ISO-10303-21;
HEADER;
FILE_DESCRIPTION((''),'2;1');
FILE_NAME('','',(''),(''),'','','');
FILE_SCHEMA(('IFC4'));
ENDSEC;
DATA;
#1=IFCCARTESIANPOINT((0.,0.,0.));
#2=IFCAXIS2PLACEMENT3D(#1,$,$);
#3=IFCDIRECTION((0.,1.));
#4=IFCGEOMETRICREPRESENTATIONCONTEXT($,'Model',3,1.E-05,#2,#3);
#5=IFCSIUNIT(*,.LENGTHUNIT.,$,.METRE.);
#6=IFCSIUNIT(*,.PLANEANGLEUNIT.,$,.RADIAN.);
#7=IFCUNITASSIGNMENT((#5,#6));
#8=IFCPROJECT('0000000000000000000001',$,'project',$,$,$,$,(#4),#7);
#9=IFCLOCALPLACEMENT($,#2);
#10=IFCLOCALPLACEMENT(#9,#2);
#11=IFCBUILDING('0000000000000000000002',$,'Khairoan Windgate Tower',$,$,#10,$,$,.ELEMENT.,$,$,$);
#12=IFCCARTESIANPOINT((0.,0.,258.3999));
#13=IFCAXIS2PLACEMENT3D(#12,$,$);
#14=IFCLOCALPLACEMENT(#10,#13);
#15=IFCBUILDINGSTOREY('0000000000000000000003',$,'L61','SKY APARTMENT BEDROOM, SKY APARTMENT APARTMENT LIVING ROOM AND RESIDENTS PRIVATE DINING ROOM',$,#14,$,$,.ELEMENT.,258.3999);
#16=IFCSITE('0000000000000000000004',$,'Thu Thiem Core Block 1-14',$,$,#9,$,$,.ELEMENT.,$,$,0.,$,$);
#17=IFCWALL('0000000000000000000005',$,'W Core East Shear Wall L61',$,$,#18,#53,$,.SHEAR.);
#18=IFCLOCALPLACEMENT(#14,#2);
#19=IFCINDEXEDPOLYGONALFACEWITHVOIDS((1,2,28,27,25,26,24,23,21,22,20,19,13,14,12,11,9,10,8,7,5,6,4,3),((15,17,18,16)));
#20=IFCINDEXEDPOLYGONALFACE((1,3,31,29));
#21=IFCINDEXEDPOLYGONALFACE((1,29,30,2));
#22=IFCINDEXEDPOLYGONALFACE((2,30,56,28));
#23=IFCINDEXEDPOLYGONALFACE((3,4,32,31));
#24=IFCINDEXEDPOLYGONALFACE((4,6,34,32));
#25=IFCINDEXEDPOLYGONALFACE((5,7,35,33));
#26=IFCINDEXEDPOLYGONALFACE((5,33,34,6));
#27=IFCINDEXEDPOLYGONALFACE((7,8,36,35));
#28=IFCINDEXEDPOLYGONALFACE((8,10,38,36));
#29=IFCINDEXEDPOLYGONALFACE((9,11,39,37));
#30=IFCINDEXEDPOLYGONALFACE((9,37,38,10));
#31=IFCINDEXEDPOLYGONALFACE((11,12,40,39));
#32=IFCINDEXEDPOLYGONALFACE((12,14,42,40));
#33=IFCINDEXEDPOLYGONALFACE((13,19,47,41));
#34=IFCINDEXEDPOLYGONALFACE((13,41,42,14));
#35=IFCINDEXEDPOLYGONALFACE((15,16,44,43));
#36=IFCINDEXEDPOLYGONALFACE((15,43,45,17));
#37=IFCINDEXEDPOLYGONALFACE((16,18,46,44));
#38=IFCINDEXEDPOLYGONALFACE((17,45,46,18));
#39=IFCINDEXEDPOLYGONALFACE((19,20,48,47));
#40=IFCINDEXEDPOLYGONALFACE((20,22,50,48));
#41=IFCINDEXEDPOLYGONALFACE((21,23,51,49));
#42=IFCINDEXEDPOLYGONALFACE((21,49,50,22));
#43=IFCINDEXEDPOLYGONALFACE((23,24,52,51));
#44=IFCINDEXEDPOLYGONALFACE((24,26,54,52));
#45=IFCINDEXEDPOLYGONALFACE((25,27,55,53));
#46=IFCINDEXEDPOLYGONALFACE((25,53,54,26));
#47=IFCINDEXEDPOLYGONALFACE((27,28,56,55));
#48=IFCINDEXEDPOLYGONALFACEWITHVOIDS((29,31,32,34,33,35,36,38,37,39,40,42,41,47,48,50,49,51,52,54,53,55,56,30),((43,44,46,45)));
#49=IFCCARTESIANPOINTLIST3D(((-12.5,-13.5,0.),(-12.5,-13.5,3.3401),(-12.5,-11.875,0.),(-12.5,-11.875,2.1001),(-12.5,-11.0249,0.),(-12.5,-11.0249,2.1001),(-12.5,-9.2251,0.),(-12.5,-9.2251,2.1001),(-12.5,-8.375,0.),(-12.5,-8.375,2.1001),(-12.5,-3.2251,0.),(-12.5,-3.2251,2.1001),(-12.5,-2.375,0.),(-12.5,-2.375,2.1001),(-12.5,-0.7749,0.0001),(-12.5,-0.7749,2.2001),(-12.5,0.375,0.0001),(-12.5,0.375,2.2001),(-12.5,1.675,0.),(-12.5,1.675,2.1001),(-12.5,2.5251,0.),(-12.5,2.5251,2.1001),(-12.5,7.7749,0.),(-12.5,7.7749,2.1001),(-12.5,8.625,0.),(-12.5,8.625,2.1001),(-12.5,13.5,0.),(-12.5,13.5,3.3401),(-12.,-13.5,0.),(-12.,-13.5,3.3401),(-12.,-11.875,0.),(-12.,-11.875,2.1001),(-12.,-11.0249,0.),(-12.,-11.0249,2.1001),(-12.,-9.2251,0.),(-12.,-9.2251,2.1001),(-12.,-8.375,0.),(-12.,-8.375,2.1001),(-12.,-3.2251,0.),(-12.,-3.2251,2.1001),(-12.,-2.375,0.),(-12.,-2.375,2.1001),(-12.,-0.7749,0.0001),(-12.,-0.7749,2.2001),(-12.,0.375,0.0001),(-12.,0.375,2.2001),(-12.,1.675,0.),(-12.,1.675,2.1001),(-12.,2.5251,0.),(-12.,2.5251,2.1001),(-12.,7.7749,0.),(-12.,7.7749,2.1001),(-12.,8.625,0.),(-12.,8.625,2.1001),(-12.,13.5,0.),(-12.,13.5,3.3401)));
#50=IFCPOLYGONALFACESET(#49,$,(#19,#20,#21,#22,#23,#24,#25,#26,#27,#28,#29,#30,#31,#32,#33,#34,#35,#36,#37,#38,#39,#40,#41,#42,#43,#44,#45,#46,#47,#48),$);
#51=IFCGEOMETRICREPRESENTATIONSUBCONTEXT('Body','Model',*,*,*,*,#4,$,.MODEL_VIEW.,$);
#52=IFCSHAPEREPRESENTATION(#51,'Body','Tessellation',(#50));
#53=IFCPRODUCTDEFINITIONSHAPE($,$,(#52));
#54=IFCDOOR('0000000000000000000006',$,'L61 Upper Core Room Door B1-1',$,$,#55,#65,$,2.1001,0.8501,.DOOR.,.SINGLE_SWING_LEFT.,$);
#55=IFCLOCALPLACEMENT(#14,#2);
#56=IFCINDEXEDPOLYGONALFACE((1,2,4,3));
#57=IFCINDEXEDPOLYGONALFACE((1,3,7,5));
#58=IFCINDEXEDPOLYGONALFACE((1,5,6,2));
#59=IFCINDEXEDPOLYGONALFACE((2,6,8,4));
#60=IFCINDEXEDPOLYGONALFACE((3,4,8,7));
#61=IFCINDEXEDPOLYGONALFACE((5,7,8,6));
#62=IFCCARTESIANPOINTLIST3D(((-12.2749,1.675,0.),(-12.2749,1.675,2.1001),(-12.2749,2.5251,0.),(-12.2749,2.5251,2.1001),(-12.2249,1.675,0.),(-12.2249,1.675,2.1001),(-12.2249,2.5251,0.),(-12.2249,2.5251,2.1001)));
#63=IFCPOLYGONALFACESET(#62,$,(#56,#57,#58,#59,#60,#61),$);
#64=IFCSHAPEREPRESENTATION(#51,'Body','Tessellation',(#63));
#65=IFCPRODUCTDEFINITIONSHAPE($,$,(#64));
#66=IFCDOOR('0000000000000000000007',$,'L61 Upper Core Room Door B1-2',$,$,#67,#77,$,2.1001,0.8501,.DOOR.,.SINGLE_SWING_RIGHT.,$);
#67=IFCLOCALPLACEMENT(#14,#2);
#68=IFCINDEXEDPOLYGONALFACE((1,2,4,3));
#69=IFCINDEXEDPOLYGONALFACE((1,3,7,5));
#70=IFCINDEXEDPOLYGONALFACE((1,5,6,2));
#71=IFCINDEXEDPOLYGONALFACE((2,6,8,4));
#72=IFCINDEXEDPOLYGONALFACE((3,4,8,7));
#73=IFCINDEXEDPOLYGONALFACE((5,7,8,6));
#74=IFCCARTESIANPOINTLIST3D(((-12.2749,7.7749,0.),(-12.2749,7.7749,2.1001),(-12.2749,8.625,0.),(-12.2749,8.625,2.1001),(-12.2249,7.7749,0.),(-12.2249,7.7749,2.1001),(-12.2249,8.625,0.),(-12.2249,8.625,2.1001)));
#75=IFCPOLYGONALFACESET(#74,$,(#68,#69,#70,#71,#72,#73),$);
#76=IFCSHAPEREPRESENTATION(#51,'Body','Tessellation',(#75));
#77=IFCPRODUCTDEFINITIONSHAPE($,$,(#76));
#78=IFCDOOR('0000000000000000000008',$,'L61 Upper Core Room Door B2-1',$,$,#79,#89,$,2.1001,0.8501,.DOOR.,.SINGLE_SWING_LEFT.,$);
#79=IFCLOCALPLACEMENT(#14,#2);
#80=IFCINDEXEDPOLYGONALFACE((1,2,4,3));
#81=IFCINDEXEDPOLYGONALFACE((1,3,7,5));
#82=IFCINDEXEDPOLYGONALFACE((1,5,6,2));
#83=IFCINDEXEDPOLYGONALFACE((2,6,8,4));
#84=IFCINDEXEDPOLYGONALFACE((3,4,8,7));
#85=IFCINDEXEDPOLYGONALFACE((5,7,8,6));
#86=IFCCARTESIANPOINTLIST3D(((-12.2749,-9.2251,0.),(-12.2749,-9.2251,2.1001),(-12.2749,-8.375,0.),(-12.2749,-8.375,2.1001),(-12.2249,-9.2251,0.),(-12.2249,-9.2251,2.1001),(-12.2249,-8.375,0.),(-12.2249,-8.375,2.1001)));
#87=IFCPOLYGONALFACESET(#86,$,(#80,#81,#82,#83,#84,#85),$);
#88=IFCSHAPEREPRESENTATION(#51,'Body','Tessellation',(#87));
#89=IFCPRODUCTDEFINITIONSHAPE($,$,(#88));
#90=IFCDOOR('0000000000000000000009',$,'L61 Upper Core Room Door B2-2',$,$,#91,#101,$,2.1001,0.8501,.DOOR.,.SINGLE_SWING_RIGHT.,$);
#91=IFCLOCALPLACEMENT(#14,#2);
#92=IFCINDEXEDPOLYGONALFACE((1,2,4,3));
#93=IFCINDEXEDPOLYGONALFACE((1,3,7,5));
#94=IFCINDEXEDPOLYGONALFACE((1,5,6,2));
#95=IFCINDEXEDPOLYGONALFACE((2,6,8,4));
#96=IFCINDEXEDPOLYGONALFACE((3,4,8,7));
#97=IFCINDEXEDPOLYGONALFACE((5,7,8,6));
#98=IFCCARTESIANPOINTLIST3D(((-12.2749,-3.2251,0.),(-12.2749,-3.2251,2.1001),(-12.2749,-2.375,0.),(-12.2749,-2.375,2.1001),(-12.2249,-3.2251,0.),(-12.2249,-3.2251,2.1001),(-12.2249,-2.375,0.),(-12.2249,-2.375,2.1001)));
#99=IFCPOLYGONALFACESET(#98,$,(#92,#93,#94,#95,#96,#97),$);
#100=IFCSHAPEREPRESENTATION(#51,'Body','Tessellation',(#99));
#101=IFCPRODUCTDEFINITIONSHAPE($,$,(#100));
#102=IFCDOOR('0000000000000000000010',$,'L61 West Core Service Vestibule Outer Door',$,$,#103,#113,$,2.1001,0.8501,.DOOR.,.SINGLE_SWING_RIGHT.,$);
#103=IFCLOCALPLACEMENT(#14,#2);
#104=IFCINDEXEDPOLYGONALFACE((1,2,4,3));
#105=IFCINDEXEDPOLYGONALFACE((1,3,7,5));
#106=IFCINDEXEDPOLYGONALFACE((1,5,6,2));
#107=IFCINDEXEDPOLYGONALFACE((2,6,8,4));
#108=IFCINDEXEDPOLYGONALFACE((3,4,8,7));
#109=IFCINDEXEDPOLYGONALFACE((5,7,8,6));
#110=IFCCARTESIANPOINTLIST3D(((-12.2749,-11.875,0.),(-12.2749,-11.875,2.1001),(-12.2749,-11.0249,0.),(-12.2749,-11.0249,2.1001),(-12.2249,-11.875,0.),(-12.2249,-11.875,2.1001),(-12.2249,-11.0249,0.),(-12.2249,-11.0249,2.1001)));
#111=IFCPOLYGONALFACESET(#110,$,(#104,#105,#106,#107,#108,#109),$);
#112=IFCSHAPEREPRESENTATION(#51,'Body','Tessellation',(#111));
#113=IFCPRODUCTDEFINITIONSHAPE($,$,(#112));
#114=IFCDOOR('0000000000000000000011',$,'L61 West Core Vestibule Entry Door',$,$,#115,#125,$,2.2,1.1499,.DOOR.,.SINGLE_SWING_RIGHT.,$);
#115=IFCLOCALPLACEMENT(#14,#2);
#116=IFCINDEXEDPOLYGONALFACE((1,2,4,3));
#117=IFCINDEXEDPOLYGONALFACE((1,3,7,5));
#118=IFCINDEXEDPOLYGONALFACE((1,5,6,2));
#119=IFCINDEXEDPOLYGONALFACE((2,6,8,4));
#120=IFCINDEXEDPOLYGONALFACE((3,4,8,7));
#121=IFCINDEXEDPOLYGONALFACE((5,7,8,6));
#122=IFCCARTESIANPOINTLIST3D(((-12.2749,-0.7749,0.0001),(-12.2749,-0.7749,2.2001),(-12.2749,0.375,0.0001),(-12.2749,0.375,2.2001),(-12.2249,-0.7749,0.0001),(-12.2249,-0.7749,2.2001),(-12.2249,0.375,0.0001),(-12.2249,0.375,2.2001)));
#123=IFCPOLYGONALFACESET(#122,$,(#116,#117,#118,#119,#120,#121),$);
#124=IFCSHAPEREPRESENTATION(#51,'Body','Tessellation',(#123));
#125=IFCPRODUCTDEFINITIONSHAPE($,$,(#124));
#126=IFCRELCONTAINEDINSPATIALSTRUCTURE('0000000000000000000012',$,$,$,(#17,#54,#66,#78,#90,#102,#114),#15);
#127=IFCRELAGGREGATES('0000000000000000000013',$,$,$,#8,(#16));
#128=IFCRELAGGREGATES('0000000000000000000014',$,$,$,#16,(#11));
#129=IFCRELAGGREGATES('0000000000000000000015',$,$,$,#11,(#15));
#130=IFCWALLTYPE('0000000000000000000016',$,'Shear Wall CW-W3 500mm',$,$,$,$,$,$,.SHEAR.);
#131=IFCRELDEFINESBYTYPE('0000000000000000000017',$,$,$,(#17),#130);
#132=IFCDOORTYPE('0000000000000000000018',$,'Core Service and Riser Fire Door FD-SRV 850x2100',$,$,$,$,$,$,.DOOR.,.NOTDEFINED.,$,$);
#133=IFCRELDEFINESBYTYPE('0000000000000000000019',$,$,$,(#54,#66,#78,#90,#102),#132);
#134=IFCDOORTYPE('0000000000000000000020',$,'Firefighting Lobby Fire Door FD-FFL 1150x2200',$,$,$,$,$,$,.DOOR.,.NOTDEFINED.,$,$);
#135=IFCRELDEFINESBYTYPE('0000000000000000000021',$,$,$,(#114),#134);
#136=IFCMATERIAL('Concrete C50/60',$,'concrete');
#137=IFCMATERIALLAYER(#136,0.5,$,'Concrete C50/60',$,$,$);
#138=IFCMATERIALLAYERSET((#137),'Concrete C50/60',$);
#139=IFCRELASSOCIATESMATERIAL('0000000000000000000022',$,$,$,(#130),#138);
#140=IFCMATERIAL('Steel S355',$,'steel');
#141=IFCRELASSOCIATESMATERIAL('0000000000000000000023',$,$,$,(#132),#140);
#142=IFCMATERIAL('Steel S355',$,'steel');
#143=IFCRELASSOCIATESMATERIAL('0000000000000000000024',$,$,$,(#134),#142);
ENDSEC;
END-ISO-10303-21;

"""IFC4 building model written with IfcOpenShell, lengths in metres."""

from ifc_helpers import new_model, si_unit, direction, frame, frame_2d, origin, place, context, subcontext, project, spatial, rectangle, extrude, material, layer, layer_set, type_object, element, fill, save


model = new_model("IFC4")

# Units and contexts
model_context = context("Model", 3, precision=1e-05, world=origin(), true_north=direction((0.0, 1.0)))
body_context = subcontext(model_context, "Body", "Model", "MODEL_VIEW")
ifc_project = project(units=[si_unit("LENGTHUNIT", "METRE"), si_unit("PLANEANGLEUNIT", "RADIAN")], contexts=[model_context])

# Site, building, storey
site_placement = place(None, origin())
site = spatial("IfcSite", under=ifc_project, at=site_placement, Name="Thu Thiem Core Block 1-14", CompositionType="ELEMENT", RefElevation=0.0)
building_placement = place(site_placement, origin())
building = spatial("IfcBuilding", under=site, at=building_placement, Name="Khairoan Windgate Tower", CompositionType="ELEMENT")
storey_placement = place(building_placement, frame((0.0, 0.0, 258.3999)))
storey = spatial("IfcBuildingStorey", under=building, at=storey_placement, Name="L61", Description="SKY APARTMENT BEDROOM, SKY APARTMENT APARTMENT LIVING ROOM AND RESIDENTS PRIVATE DINING ROOM", CompositionType="ELEMENT", Elevation=258.3999)

# Wall, openings, doors
ifc_material_1 = material(Name="Concrete C50/60", Category="concrete")
ifc_layer_1 = layer(ifc_material_1, 0.5, Name="Concrete C50/60")
ifc_layer_set_1 = layer_set([ifc_layer_1], Name="Concrete C50/60")
wall_type_1 = type_object("IfcWallType", Name="Shear Wall CW-W3 500mm", PredefinedType="SHEAR", material=ifc_layer_set_1)
wall_1_placement = place(storey_placement, frame((-12.25, -13.5, 0.0), z_axis=(0.0, 0.0, 1.0), x_axis=(0.0, 1.0, 0.0)))
wall_1 = element("IfcWall", 1, at=wall_1_placement, inside=storey, type_object=wall_type_1, Name="W Core East Shear Wall L61", PredefinedType="SHEAR", context=body_context, shape_type="SweptSolid", body=[
    extrude(rectangle(XDim=27.0, YDim=0.5, at=frame_2d((13.5, 0.0))), origin(), (0.0, 0.0, 1.0), 3.3401),
])
opening_1_placement = place(wall_1_placement, frame((15.175, 0.0, 0.0)))
opening_1 = element("IfcOpeningElement", 2, at=opening_1_placement, cuts=wall_1, PredefinedType="OPENING", context=body_context, shape_type="SweptSolid", body=[
    extrude(rectangle(XDim=0.8501, YDim=2.1001, at=frame_2d((0.425, 1.05))), frame((0.0, 0.26, 0.0), z_axis=(0.0, -1.0, 0.0), x_axis=(1.0, 0.0, 0.0)), (0.0, 0.0, 1.0), 0.52),
])
opening_2_placement = place(wall_1_placement, frame((21.2749, 0.0, 0.0)))
opening_2 = element("IfcOpeningElement", 3, at=opening_2_placement, cuts=wall_1, PredefinedType="OPENING", context=body_context, shape_type="SweptSolid", body=[
    extrude(rectangle(XDim=0.8501, YDim=2.1001, at=frame_2d((0.425, 1.05))), frame((0.0, 0.26, 0.0), z_axis=(0.0, -1.0, 0.0), x_axis=(1.0, 0.0, 0.0)), (0.0, 0.0, 1.0), 0.52),
])
opening_3_placement = place(wall_1_placement, frame((4.2749, 0.0, 0.0)))
opening_3 = element("IfcOpeningElement", 4, at=opening_3_placement, cuts=wall_1, PredefinedType="OPENING", context=body_context, shape_type="SweptSolid", body=[
    extrude(rectangle(XDim=0.8501, YDim=2.1001, at=frame_2d((0.425, 1.05))), frame((0.0, 0.26, 0.0), z_axis=(0.0, -1.0, 0.0), x_axis=(1.0, 0.0, 0.0)), (0.0, 0.0, 1.0), 0.52),
])
opening_4_placement = place(wall_1_placement, frame((10.2749, 0.0, 0.0)))
opening_4 = element("IfcOpeningElement", 5, at=opening_4_placement, cuts=wall_1, PredefinedType="OPENING", context=body_context, shape_type="SweptSolid", body=[
    extrude(rectangle(XDim=0.8501, YDim=2.1001, at=frame_2d((0.425, 1.05))), frame((0.0, 0.26, 0.0), z_axis=(0.0, -1.0, 0.0), x_axis=(1.0, 0.0, 0.0)), (0.0, 0.0, 1.0), 0.52),
])
opening_5_placement = place(wall_1_placement, frame((12.7251, 0.0, 0.0)))
opening_5 = element("IfcOpeningElement", 6, at=opening_5_placement, cuts=wall_1, PredefinedType="OPENING", context=body_context, shape_type="SweptSolid", body=[
    extrude(rectangle(XDim=1.1499, YDim=2.2, at=frame_2d((0.575, 1.1001))), frame((0.0, 0.26, 0.0), z_axis=(0.0, -1.0, 0.0), x_axis=(1.0, 0.0, 0.0)), (0.0, 0.0, 1.0), 0.52),
])
opening_6_placement = place(wall_1_placement, frame((1.625, 0.0, 0.0)))
opening_6 = element("IfcOpeningElement", 7, at=opening_6_placement, cuts=wall_1, PredefinedType="OPENING", context=body_context, shape_type="SweptSolid", body=[
    extrude(rectangle(XDim=0.8501, YDim=2.1001, at=frame_2d((0.425, 1.05))), frame((0.0, 0.26, 0.0), z_axis=(0.0, -1.0, 0.0), x_axis=(1.0, 0.0, 0.0)), (0.0, 0.0, 1.0), 0.52),
])
ifc_material_2 = material(Name="Steel S355", Category="steel")
door_type_1 = type_object("IfcDoorType", Name="Core Service and Riser Fire Door FD-SRV 850x2100", OperationType="NOTDEFINED", PredefinedType="DOOR", material=ifc_material_2)
door_1_placement = place(opening_1_placement, origin())
door_1 = element("IfcDoor", 8, at=door_1_placement, inside=storey, type_object=door_type_1, Name="L61 Upper Core Room Door B1-1", OperationType="SINGLE_SWING_LEFT", OverallHeight=2.1001, OverallWidth=0.8501, PredefinedType="DOOR", context=body_context, shape_type="SweptSolid", body=[
    extrude(rectangle(XDim=0.8501, YDim=2.1001, at=frame_2d((0.425, 1.05))), frame((0.0, 0.0249, 0.0), z_axis=(0.0, -1.0, 0.0), x_axis=(1.0, 0.0, 0.0)), (0.0, 0.0, 1.0), 0.05),
])
fill(opening_1, door_1)
door_2_placement = place(opening_2_placement, origin())
door_2 = element("IfcDoor", 9, at=door_2_placement, inside=storey, type_object=door_type_1, Name="L61 Upper Core Room Door B1-2", OperationType="SINGLE_SWING_RIGHT", OverallHeight=2.1001, OverallWidth=0.8501, PredefinedType="DOOR", context=body_context, shape_type="SweptSolid", body=[
    extrude(rectangle(XDim=0.8501, YDim=2.1001, at=frame_2d((0.425, 1.05))), frame((0.0, 0.0249, 0.0), z_axis=(0.0, -1.0, 0.0), x_axis=(1.0, 0.0, 0.0)), (0.0, 0.0, 1.0), 0.05),
])
fill(opening_2, door_2)
door_3_placement = place(opening_3_placement, origin())
door_3 = element("IfcDoor", 10, at=door_3_placement, inside=storey, type_object=door_type_1, Name="L61 Upper Core Room Door B2-1", OperationType="SINGLE_SWING_LEFT", OverallHeight=2.1001, OverallWidth=0.8501, PredefinedType="DOOR", context=body_context, shape_type="SweptSolid", body=[
    extrude(rectangle(XDim=0.8501, YDim=2.1001, at=frame_2d((0.425, 1.05))), frame((0.0, 0.0249, 0.0), z_axis=(0.0, -1.0, 0.0), x_axis=(1.0, 0.0, 0.0)), (0.0, 0.0, 1.0), 0.05),
])
fill(opening_3, door_3)
door_4_placement = place(opening_4_placement, origin())
door_4 = element("IfcDoor", 11, at=door_4_placement, inside=storey, type_object=door_type_1, Name="L61 Upper Core Room Door B2-2", OperationType="SINGLE_SWING_RIGHT", OverallHeight=2.1001, OverallWidth=0.8501, PredefinedType="DOOR", context=body_context, shape_type="SweptSolid", body=[
    extrude(rectangle(XDim=0.8501, YDim=2.1001, at=frame_2d((0.425, 1.05))), frame((0.0, 0.0249, 0.0), z_axis=(0.0, -1.0, 0.0), x_axis=(1.0, 0.0, 0.0)), (0.0, 0.0, 1.0), 0.05),
])
fill(opening_4, door_4)
door_5_placement = place(opening_6_placement, origin())
door_5 = element("IfcDoor", 12, at=door_5_placement, inside=storey, type_object=door_type_1, Name="L61 West Core Service Vestibule Outer Door", OperationType="SINGLE_SWING_RIGHT", OverallHeight=2.1001, OverallWidth=0.8501, PredefinedType="DOOR", context=body_context, shape_type="SweptSolid", body=[
    extrude(rectangle(XDim=0.8501, YDim=2.1001, at=frame_2d((0.425, 1.05))), frame((0.0, 0.0249, 0.0), z_axis=(0.0, -1.0, 0.0), x_axis=(1.0, 0.0, 0.0)), (0.0, 0.0, 1.0), 0.05),
])
fill(opening_6, door_5)
ifc_material_3 = material(Name="Steel S355", Category="steel")
door_type_2 = type_object("IfcDoorType", Name="Firefighting Lobby Fire Door FD-FFL 1150x2200", OperationType="NOTDEFINED", PredefinedType="DOOR", material=ifc_material_3)
door_6_placement = place(opening_5_placement, origin())
door_6 = element("IfcDoor", 13, at=door_6_placement, inside=storey, type_object=door_type_2, Name="L61 West Core Vestibule Entry Door", OperationType="SINGLE_SWING_RIGHT", OverallHeight=2.2, OverallWidth=1.1499, PredefinedType="DOOR", context=body_context, shape_type="SweptSolid", body=[
    extrude(rectangle(XDim=1.1499, YDim=2.2, at=frame_2d((0.575, 1.1001))), frame((0.0, 0.0249, 0.0), z_axis=(0.0, -1.0, 0.0), x_axis=(1.0, 0.0, 0.0)), (0.0, 0.0, 1.0), 0.05),
])
fill(opening_5, door_6)

save(model, "model.ifc")
